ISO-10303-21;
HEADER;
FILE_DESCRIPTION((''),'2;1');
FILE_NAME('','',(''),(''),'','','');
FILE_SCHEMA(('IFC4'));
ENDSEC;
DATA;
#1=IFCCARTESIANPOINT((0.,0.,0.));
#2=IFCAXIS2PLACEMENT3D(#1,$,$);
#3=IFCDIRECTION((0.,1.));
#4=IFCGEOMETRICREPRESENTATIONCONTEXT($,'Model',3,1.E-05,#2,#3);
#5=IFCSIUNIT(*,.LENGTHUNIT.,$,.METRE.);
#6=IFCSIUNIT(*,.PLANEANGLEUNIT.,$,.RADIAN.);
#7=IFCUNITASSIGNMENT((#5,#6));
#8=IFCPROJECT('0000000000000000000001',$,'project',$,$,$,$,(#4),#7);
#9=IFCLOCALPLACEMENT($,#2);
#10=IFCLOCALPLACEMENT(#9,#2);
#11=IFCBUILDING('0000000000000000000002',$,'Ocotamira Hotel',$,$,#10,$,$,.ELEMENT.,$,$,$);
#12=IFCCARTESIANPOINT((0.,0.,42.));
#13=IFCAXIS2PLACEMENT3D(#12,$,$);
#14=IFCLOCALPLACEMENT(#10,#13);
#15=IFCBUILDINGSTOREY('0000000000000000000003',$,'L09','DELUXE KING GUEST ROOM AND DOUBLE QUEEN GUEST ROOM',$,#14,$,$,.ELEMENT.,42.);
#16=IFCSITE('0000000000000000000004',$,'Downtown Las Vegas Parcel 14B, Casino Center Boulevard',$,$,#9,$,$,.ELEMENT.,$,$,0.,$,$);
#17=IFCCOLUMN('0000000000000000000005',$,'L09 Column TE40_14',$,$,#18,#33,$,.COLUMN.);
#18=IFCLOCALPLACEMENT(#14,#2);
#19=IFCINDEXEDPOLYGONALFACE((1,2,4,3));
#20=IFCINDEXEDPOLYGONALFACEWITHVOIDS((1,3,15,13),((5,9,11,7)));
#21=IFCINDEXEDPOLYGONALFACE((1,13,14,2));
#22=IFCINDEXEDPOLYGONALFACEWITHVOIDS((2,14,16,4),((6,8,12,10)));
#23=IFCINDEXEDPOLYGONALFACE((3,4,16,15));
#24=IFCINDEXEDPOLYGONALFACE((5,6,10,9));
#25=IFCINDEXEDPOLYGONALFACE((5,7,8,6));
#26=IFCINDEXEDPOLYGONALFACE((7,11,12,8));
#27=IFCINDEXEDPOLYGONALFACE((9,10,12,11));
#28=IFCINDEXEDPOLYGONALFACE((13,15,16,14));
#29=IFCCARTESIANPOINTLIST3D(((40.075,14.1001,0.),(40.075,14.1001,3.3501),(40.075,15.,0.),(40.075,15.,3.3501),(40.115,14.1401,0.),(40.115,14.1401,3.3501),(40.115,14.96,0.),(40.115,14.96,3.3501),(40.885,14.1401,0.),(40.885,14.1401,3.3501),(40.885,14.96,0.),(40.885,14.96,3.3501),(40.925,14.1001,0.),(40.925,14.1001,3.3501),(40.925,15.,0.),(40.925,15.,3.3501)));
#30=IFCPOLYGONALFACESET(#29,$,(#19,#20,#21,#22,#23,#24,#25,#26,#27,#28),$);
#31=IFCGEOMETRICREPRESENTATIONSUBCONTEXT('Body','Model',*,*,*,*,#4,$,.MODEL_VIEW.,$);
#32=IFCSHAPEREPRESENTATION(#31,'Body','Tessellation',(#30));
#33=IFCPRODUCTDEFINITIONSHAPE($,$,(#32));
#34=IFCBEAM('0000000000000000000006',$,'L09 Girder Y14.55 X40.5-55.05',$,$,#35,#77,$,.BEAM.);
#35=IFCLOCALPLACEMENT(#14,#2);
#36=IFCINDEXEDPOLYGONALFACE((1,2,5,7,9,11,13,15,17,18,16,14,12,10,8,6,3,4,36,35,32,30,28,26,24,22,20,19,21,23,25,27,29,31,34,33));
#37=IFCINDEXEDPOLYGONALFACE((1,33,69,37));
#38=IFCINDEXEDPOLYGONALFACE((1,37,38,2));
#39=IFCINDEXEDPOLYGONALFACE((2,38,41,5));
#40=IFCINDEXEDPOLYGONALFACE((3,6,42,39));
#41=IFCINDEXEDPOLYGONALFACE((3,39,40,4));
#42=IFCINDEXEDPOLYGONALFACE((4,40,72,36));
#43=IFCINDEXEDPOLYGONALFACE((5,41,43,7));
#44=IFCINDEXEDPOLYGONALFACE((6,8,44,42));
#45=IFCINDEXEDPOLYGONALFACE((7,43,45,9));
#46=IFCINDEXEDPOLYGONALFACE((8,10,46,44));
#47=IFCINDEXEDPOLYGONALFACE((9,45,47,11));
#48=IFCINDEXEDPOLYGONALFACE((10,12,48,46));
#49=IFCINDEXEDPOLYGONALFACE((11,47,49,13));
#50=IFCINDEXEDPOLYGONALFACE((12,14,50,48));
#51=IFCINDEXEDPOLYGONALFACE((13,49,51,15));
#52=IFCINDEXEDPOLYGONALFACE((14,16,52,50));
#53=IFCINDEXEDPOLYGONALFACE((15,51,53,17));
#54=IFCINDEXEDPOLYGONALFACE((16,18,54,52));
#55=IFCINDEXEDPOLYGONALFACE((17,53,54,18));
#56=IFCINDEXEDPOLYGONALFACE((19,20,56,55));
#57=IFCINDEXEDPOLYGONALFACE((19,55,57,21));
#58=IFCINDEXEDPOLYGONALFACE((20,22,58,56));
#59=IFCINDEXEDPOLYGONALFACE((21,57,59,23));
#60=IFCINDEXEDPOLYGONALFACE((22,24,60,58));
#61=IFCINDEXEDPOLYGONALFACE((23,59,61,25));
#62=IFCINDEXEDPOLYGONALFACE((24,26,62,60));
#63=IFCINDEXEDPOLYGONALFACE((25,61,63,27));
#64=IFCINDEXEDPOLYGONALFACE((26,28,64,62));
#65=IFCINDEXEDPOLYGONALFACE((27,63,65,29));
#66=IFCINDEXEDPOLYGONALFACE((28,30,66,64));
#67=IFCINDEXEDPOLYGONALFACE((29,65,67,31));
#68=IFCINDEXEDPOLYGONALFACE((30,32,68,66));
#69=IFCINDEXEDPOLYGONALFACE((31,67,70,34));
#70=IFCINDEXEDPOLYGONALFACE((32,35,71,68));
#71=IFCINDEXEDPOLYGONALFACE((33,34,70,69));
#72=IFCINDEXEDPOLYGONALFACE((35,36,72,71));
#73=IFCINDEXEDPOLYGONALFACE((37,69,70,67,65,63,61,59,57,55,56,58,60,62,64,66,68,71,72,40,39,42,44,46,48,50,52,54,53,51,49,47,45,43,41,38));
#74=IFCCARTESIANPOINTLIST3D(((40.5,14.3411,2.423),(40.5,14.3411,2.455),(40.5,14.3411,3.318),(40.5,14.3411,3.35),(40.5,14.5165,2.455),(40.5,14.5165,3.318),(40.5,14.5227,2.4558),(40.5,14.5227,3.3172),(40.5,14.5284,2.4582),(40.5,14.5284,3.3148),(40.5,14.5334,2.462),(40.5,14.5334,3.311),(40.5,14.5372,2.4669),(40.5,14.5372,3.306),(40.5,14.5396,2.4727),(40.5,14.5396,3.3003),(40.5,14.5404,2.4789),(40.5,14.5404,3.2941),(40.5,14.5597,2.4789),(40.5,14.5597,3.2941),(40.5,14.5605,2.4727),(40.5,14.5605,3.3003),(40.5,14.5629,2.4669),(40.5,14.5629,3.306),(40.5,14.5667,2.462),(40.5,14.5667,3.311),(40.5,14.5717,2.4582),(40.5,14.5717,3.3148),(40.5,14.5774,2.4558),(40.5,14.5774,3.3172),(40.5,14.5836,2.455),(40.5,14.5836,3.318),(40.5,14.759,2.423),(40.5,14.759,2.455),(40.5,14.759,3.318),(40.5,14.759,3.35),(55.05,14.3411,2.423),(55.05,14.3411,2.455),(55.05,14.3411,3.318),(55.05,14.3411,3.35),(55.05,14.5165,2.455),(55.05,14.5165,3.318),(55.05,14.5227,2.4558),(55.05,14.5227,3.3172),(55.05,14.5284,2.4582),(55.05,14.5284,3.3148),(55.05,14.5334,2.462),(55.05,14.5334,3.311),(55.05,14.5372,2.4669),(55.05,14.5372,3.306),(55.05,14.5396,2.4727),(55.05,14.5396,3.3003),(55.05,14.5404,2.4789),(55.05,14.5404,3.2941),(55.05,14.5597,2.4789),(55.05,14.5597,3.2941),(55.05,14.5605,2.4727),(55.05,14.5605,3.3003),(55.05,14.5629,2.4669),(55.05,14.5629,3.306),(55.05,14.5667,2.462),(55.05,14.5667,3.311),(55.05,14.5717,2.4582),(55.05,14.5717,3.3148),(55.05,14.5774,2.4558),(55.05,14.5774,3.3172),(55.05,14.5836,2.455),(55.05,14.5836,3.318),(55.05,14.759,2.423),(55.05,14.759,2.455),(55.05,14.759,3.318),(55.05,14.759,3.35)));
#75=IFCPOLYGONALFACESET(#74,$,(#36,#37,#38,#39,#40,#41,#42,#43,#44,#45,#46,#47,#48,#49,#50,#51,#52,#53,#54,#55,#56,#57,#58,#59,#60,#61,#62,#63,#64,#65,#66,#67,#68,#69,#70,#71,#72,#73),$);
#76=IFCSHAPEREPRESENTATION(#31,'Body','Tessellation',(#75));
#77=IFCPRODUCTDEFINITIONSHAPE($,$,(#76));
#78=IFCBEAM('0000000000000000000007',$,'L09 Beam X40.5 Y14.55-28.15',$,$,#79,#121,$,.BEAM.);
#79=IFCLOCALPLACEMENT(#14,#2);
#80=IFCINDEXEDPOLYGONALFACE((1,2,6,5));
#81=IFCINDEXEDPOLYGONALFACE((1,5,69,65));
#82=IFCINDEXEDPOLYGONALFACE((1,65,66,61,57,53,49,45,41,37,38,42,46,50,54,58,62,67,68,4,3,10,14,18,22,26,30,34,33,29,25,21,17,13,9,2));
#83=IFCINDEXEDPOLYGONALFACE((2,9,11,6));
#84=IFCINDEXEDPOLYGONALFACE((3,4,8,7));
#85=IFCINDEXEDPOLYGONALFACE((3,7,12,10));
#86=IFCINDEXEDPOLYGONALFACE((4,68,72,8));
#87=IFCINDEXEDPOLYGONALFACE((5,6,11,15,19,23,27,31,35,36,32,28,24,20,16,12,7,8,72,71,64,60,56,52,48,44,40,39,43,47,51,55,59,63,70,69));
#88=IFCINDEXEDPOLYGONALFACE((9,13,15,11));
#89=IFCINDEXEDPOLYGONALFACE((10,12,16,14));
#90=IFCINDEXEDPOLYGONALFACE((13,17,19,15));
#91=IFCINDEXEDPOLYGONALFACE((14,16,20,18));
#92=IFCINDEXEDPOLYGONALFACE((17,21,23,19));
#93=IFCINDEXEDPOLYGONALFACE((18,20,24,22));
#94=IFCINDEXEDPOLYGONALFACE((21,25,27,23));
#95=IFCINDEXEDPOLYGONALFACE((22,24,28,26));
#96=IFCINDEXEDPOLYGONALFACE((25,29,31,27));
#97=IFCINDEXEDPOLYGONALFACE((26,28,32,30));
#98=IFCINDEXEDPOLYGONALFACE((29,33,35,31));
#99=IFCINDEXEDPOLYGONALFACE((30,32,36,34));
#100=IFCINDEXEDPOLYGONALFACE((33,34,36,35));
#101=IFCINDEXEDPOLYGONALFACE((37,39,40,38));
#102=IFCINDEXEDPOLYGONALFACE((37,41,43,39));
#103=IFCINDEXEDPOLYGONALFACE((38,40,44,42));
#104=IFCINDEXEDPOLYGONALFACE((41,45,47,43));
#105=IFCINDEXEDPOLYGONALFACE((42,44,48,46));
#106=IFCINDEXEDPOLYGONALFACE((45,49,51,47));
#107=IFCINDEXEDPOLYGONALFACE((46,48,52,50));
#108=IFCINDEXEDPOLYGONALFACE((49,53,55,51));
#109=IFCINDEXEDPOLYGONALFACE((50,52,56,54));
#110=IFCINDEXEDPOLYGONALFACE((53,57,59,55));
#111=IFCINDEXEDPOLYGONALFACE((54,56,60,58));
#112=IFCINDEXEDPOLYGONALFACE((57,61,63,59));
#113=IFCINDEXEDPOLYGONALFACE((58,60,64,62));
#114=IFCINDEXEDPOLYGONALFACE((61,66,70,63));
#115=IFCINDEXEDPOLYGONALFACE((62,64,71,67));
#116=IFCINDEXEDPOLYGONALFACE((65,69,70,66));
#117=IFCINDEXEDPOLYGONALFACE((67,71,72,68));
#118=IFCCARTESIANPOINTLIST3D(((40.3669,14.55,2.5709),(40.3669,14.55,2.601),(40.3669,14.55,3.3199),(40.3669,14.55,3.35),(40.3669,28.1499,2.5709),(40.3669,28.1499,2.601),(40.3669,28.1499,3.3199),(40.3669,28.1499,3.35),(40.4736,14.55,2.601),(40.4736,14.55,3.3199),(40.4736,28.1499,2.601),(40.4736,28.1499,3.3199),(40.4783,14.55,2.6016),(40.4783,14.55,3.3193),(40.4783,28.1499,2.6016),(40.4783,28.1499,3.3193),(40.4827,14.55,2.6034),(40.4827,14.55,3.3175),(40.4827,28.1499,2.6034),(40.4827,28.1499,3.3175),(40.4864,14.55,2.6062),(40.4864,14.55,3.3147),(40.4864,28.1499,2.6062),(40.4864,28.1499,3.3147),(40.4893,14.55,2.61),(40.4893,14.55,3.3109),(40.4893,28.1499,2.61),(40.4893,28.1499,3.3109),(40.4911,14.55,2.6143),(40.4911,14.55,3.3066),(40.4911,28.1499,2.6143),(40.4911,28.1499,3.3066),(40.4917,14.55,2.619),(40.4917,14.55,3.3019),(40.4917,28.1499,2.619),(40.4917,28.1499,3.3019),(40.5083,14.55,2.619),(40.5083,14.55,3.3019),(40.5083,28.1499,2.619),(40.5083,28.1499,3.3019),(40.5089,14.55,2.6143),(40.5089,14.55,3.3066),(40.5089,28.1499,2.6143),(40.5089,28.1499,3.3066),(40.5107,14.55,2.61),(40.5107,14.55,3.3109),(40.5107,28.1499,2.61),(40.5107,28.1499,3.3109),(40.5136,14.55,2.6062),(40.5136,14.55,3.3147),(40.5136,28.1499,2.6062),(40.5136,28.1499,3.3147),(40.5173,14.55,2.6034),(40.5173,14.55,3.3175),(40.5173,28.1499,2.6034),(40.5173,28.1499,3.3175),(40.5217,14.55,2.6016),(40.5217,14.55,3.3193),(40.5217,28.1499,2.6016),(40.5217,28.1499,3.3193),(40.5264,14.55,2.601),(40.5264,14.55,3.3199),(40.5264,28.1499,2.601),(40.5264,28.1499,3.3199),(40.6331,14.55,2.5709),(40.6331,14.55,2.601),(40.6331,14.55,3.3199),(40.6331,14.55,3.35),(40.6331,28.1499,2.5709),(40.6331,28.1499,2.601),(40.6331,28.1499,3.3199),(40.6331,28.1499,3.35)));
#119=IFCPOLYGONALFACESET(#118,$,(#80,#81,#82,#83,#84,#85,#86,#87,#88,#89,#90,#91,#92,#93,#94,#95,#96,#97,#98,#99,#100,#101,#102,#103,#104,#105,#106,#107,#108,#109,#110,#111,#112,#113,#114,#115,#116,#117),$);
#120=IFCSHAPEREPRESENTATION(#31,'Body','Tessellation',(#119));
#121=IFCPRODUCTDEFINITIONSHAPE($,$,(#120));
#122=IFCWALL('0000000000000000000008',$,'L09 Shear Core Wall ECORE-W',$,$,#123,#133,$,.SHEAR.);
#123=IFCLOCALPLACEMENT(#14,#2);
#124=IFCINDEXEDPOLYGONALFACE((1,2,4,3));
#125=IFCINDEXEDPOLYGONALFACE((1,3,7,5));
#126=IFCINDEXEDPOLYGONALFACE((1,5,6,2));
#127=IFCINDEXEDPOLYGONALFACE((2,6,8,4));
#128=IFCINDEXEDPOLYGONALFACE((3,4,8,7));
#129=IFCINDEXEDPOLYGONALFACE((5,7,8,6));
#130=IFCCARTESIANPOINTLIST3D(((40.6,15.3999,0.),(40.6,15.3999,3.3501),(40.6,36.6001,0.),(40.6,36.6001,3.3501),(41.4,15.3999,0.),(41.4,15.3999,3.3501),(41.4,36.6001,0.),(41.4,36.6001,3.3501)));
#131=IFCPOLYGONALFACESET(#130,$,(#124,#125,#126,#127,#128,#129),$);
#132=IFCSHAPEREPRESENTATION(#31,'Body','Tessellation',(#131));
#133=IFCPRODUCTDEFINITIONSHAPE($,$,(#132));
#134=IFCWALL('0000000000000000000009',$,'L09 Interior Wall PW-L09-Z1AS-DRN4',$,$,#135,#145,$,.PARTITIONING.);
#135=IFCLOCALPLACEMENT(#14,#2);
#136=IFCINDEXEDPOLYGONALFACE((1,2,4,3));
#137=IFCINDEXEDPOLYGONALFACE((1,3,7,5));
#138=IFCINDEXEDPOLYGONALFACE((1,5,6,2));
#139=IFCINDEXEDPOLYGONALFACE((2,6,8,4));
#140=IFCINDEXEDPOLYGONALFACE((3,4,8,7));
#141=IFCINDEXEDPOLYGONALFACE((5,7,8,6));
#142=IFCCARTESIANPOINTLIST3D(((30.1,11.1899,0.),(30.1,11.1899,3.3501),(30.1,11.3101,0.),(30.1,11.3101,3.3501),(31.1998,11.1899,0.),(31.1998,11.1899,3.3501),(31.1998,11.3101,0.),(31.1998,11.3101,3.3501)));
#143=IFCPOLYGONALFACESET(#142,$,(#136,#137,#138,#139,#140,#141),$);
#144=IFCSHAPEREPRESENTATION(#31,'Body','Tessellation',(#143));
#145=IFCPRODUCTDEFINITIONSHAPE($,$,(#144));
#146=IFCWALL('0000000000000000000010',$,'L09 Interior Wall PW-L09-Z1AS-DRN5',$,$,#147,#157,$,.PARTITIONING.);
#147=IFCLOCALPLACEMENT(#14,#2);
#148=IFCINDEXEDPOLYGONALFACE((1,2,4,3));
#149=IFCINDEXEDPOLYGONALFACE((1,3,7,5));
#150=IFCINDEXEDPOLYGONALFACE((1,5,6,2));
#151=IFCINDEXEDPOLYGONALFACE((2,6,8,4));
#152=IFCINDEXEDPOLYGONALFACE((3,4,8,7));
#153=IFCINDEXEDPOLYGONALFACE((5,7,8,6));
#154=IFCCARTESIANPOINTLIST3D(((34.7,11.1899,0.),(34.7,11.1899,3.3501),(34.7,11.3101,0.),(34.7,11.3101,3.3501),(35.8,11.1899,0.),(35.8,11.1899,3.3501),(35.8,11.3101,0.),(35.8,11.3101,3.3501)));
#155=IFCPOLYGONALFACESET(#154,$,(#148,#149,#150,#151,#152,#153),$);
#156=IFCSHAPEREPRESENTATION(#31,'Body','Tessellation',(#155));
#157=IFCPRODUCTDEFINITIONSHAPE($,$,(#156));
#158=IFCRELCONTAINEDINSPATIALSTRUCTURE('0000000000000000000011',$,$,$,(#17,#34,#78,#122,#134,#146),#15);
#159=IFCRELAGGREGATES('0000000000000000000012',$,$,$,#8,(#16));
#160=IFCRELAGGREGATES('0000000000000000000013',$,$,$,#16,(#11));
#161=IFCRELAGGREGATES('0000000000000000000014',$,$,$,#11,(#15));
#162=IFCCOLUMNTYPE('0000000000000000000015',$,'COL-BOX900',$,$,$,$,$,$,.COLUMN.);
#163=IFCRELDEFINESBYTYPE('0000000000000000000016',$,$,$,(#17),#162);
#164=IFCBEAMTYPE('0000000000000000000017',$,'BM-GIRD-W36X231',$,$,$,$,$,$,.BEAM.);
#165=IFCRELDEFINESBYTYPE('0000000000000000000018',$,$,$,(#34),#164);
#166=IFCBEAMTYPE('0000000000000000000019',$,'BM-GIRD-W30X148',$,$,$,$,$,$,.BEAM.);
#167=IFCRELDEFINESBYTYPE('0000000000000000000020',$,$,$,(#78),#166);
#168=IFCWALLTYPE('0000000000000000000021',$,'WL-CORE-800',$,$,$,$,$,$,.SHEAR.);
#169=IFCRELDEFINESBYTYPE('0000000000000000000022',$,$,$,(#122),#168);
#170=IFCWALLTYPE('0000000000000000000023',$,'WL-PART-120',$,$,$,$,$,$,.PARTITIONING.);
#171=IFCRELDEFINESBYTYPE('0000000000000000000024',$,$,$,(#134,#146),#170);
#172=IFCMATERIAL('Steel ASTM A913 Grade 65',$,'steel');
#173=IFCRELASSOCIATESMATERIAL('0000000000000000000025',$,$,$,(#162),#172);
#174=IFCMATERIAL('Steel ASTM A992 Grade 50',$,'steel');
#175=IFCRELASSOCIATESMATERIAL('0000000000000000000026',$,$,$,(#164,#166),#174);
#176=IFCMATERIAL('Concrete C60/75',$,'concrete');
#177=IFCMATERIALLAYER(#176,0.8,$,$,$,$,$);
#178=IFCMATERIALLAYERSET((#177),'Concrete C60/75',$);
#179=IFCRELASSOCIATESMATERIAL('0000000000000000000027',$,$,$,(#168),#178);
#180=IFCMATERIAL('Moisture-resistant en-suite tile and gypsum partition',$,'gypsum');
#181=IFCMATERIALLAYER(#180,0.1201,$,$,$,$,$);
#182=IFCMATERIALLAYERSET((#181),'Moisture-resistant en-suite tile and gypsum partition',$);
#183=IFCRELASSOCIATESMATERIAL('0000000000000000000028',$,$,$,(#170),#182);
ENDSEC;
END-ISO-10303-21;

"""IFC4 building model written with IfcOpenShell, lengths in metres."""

from ifc_helpers import new_model, si_unit, direction, frame, frame_2d, origin, origin_2d, place, context, subcontext, project, spatial, rectangle, hollow_rectangle, i_section, extrude, source, transform, mapped, material, layer, layer_set, material_profile, profile_set, type_object, element, save


model = new_model("IFC4")

# Units and contexts
model_context = context("Model", 3, precision=1e-05, world=origin(), true_north=direction((0.0, 1.0)))
body_context = subcontext(model_context, "Body", "Model", "MODEL_VIEW")
ifc_project = project(units=[si_unit("LENGTHUNIT", "METRE"), si_unit("PLANEANGLEUNIT", "RADIAN")], contexts=[model_context])

# Site, building, storey
site_placement = place(None, origin())
site = spatial("IfcSite", under=ifc_project, at=site_placement, Name="Downtown Las Vegas Parcel 14B, Casino Center Boulevard", CompositionType="ELEMENT", RefElevation=0.0)
building_placement = place(site_placement, origin())
building = spatial("IfcBuilding", under=site, at=building_placement, Name="Ocotamira Hotel", CompositionType="ELEMENT")
storey_placement = place(building_placement, frame((0.0, 0.0, 42.0)))
storey = spatial("IfcBuildingStorey", under=building, at=storey_placement, Name="L09", Description="DELUXE KING GUEST ROOM AND DOUBLE QUEEN GUEST ROOM", CompositionType="ELEMENT", Elevation=42.0)

# Column
ifc_material_1 = material(Name="Steel ASTM A913 Grade 65", Category="steel")
ifc_material_profile_1 = material_profile(ifc_material_1, hollow_rectangle(XDim=0.8501, YDim=0.8999, WallThickness=0.04, at=origin_2d()), Name="BOX900X850X40")
ifc_profile_set_1 = profile_set([ifc_material_profile_1], Name="Steel ASTM A913 Grade 65")
column_type = type_object("IfcColumnType", Name="COL-BOX900", PredefinedType="COLUMN", material=ifc_profile_set_1)
shared_shape_1 = source(origin(), body_context, "Body", "SweptSolid", [
    extrude(hollow_rectangle(XDim=0.8501, YDim=0.8999, WallThickness=0.04, at=origin_2d()), origin(), (0.0, 0.0, 1.0), 3.3501),
])
column_placement = place(storey_placement, frame((40.5, 14.55, 0.0), z_axis=(0.0, 0.0, 1.0), x_axis=(1.0, 0.0, 0.0)))
element("IfcColumn", 1, at=column_placement, inside=storey, type_object=column_type, Name="L09 Column TE40_14", PredefinedType="COLUMN", context=body_context, shape_type="MappedRepresentation", body=[
    mapped(shared_shape_1, transform((0.0, 0.0, 0.0), scale=1.0)),
])

# Beams
ifc_material_2 = material(Name="Steel ASTM A992 Grade 50", Category="steel")
ifc_material_profile_2 = material_profile(ifc_material_2, i_section(OverallWidth=0.418, OverallDepth=0.927, WebThickness=0.0193, FlangeThickness=0.032, FilletRadius=0.0239, at=origin_2d()), Name="W36X231")
ifc_profile_set_2 = profile_set([ifc_material_profile_2], Name="Steel ASTM A992 Grade 50")
beam_type_1 = type_object("IfcBeamType", Name="BM-GIRD-W36X231", PredefinedType="BEAM", material=ifc_profile_set_2)
shared_shape_2 = source(origin(), body_context, "Body", "SweptSolid", [
    extrude(i_section(OverallWidth=0.418, OverallDepth=0.927, WebThickness=0.0193, FlangeThickness=0.032, FilletRadius=0.0239, at=origin_2d()), origin(), (0.0, 0.0, 1.0), 14.55),
])
beam_1_placement = place(storey_placement, frame((40.5, 14.55, 2.8865), z_axis=(1.0, 0.0, 0.0), x_axis=(0.0, 1.0, 0.0)))
element("IfcBeam", 2, at=beam_1_placement, inside=storey, type_object=beam_type_1, Name="L09 Girder Y14.55 X40.5-55.05", PredefinedType="BEAM", context=body_context, shape_type="MappedRepresentation", body=[
    mapped(shared_shape_2, transform((0.0, 0.0, 0.0), scale=1.0)),
])
ifc_material_profile_3 = material_profile(ifc_material_2, i_section(OverallWidth=0.2661, OverallDepth=0.7791, WebThickness=0.0166, FlangeThickness=0.03, FilletRadius=0.0181, at=origin_2d()), Name="W30X148")
ifc_profile_set_3 = profile_set([ifc_material_profile_3], Name="Steel ASTM A992 Grade 50")
beam_type_2 = type_object("IfcBeamType", Name="BM-GIRD-W30X148", PredefinedType="BEAM", material=ifc_profile_set_3)
shared_shape_3 = source(origin(), body_context, "Body", "SweptSolid", [
    extrude(i_section(OverallWidth=0.2661, OverallDepth=0.7791, WebThickness=0.0166, FlangeThickness=0.03, FilletRadius=0.0181, at=origin_2d()), origin(), (0.0, 0.0, 1.0), 13.5999),
])
beam_2_placement = place(storey_placement, frame((40.5, 14.55, 2.9604), z_axis=(0.0, 1.0, 0.0), x_axis=(-1.0, 0.0, 0.0)))
element("IfcBeam", 3, at=beam_2_placement, inside=storey, type_object=beam_type_2, Name="L09 Beam X40.5 Y14.55-28.15", PredefinedType="BEAM", context=body_context, shape_type="MappedRepresentation", body=[
    mapped(shared_shape_3, transform((0.0, 0.0, 0.0), scale=1.0)),
])

# Shared definitions
ifc_material_3 = material(Name="Concrete C60/75", Category="concrete")
ifc_layer_1 = layer(ifc_material_3, 0.8)
ifc_layer_set_1 = layer_set([ifc_layer_1], Name="Concrete C60/75")
wall_type_1 = type_object("IfcWallType", Name="WL-CORE-800", PredefinedType="SHEAR", material=ifc_layer_set_1)

# Walls
wall_1_placement = place(storey_placement, frame((41.0, 15.3999, 0.0), z_axis=(0.0, 0.0, 1.0), x_axis=(0.0, 1.0, 0.0)))
element("IfcWall", 4, at=wall_1_placement, inside=storey, type_object=wall_type_1, Name="L09 Shear Core Wall ECORE-W", PredefinedType="SHEAR", context=body_context, shape_type="SweptSolid", body=[
    extrude(rectangle(XDim=21.2002, YDim=0.8, at=frame_2d((10.6001, 0.0))), origin(), (0.0, 0.0, 1.0), 3.3501),
])
ifc_material_4 = material(Name="Moisture-resistant en-suite tile and gypsum partition", Category="gypsum")
ifc_layer_2 = layer(ifc_material_4, 0.1201)
ifc_layer_set_2 = layer_set([ifc_layer_2], Name="Moisture-resistant en-suite tile and gypsum partition")
wall_type_2 = type_object("IfcWallType", Name="WL-PART-120", PredefinedType="PARTITIONING", material=ifc_layer_set_2)
wall_2_placement = place(storey_placement, frame((30.1001, 11.25, 0.0), z_axis=(0.0, 0.0, 1.0), x_axis=(1.0, 0.0, 0.0)))
element("IfcWall", 5, at=wall_2_placement, inside=storey, type_object=wall_type_2, Name="L09 Interior Wall PW-L09-Z1AS-DRN4", PredefinedType="PARTITIONING", context=body_context, shape_type="SweptSolid", body=[
    extrude(rectangle(XDim=1.0999, YDim=0.1201, at=frame_2d((0.5498, 0.0))), origin(), (0.0, 0.0, 1.0), 3.3501),
])
wall_3_placement = place(storey_placement, frame((34.7, 11.25, 0.0), z_axis=(0.0, 0.0, 1.0), x_axis=(1.0, 0.0, 0.0)))
element("IfcWall", 6, at=wall_3_placement, inside=storey, type_object=wall_type_2, Name="L09 Interior Wall PW-L09-Z1AS-DRN5", PredefinedType="PARTITIONING", context=body_context, shape_type="SweptSolid", body=[
    extrude(rectangle(XDim=1.1001, YDim=0.1201, at=frame_2d((0.55, 0.0))), origin(), (0.0, 0.0, 1.0), 3.3501),
])

save(model, "model.ifc")
